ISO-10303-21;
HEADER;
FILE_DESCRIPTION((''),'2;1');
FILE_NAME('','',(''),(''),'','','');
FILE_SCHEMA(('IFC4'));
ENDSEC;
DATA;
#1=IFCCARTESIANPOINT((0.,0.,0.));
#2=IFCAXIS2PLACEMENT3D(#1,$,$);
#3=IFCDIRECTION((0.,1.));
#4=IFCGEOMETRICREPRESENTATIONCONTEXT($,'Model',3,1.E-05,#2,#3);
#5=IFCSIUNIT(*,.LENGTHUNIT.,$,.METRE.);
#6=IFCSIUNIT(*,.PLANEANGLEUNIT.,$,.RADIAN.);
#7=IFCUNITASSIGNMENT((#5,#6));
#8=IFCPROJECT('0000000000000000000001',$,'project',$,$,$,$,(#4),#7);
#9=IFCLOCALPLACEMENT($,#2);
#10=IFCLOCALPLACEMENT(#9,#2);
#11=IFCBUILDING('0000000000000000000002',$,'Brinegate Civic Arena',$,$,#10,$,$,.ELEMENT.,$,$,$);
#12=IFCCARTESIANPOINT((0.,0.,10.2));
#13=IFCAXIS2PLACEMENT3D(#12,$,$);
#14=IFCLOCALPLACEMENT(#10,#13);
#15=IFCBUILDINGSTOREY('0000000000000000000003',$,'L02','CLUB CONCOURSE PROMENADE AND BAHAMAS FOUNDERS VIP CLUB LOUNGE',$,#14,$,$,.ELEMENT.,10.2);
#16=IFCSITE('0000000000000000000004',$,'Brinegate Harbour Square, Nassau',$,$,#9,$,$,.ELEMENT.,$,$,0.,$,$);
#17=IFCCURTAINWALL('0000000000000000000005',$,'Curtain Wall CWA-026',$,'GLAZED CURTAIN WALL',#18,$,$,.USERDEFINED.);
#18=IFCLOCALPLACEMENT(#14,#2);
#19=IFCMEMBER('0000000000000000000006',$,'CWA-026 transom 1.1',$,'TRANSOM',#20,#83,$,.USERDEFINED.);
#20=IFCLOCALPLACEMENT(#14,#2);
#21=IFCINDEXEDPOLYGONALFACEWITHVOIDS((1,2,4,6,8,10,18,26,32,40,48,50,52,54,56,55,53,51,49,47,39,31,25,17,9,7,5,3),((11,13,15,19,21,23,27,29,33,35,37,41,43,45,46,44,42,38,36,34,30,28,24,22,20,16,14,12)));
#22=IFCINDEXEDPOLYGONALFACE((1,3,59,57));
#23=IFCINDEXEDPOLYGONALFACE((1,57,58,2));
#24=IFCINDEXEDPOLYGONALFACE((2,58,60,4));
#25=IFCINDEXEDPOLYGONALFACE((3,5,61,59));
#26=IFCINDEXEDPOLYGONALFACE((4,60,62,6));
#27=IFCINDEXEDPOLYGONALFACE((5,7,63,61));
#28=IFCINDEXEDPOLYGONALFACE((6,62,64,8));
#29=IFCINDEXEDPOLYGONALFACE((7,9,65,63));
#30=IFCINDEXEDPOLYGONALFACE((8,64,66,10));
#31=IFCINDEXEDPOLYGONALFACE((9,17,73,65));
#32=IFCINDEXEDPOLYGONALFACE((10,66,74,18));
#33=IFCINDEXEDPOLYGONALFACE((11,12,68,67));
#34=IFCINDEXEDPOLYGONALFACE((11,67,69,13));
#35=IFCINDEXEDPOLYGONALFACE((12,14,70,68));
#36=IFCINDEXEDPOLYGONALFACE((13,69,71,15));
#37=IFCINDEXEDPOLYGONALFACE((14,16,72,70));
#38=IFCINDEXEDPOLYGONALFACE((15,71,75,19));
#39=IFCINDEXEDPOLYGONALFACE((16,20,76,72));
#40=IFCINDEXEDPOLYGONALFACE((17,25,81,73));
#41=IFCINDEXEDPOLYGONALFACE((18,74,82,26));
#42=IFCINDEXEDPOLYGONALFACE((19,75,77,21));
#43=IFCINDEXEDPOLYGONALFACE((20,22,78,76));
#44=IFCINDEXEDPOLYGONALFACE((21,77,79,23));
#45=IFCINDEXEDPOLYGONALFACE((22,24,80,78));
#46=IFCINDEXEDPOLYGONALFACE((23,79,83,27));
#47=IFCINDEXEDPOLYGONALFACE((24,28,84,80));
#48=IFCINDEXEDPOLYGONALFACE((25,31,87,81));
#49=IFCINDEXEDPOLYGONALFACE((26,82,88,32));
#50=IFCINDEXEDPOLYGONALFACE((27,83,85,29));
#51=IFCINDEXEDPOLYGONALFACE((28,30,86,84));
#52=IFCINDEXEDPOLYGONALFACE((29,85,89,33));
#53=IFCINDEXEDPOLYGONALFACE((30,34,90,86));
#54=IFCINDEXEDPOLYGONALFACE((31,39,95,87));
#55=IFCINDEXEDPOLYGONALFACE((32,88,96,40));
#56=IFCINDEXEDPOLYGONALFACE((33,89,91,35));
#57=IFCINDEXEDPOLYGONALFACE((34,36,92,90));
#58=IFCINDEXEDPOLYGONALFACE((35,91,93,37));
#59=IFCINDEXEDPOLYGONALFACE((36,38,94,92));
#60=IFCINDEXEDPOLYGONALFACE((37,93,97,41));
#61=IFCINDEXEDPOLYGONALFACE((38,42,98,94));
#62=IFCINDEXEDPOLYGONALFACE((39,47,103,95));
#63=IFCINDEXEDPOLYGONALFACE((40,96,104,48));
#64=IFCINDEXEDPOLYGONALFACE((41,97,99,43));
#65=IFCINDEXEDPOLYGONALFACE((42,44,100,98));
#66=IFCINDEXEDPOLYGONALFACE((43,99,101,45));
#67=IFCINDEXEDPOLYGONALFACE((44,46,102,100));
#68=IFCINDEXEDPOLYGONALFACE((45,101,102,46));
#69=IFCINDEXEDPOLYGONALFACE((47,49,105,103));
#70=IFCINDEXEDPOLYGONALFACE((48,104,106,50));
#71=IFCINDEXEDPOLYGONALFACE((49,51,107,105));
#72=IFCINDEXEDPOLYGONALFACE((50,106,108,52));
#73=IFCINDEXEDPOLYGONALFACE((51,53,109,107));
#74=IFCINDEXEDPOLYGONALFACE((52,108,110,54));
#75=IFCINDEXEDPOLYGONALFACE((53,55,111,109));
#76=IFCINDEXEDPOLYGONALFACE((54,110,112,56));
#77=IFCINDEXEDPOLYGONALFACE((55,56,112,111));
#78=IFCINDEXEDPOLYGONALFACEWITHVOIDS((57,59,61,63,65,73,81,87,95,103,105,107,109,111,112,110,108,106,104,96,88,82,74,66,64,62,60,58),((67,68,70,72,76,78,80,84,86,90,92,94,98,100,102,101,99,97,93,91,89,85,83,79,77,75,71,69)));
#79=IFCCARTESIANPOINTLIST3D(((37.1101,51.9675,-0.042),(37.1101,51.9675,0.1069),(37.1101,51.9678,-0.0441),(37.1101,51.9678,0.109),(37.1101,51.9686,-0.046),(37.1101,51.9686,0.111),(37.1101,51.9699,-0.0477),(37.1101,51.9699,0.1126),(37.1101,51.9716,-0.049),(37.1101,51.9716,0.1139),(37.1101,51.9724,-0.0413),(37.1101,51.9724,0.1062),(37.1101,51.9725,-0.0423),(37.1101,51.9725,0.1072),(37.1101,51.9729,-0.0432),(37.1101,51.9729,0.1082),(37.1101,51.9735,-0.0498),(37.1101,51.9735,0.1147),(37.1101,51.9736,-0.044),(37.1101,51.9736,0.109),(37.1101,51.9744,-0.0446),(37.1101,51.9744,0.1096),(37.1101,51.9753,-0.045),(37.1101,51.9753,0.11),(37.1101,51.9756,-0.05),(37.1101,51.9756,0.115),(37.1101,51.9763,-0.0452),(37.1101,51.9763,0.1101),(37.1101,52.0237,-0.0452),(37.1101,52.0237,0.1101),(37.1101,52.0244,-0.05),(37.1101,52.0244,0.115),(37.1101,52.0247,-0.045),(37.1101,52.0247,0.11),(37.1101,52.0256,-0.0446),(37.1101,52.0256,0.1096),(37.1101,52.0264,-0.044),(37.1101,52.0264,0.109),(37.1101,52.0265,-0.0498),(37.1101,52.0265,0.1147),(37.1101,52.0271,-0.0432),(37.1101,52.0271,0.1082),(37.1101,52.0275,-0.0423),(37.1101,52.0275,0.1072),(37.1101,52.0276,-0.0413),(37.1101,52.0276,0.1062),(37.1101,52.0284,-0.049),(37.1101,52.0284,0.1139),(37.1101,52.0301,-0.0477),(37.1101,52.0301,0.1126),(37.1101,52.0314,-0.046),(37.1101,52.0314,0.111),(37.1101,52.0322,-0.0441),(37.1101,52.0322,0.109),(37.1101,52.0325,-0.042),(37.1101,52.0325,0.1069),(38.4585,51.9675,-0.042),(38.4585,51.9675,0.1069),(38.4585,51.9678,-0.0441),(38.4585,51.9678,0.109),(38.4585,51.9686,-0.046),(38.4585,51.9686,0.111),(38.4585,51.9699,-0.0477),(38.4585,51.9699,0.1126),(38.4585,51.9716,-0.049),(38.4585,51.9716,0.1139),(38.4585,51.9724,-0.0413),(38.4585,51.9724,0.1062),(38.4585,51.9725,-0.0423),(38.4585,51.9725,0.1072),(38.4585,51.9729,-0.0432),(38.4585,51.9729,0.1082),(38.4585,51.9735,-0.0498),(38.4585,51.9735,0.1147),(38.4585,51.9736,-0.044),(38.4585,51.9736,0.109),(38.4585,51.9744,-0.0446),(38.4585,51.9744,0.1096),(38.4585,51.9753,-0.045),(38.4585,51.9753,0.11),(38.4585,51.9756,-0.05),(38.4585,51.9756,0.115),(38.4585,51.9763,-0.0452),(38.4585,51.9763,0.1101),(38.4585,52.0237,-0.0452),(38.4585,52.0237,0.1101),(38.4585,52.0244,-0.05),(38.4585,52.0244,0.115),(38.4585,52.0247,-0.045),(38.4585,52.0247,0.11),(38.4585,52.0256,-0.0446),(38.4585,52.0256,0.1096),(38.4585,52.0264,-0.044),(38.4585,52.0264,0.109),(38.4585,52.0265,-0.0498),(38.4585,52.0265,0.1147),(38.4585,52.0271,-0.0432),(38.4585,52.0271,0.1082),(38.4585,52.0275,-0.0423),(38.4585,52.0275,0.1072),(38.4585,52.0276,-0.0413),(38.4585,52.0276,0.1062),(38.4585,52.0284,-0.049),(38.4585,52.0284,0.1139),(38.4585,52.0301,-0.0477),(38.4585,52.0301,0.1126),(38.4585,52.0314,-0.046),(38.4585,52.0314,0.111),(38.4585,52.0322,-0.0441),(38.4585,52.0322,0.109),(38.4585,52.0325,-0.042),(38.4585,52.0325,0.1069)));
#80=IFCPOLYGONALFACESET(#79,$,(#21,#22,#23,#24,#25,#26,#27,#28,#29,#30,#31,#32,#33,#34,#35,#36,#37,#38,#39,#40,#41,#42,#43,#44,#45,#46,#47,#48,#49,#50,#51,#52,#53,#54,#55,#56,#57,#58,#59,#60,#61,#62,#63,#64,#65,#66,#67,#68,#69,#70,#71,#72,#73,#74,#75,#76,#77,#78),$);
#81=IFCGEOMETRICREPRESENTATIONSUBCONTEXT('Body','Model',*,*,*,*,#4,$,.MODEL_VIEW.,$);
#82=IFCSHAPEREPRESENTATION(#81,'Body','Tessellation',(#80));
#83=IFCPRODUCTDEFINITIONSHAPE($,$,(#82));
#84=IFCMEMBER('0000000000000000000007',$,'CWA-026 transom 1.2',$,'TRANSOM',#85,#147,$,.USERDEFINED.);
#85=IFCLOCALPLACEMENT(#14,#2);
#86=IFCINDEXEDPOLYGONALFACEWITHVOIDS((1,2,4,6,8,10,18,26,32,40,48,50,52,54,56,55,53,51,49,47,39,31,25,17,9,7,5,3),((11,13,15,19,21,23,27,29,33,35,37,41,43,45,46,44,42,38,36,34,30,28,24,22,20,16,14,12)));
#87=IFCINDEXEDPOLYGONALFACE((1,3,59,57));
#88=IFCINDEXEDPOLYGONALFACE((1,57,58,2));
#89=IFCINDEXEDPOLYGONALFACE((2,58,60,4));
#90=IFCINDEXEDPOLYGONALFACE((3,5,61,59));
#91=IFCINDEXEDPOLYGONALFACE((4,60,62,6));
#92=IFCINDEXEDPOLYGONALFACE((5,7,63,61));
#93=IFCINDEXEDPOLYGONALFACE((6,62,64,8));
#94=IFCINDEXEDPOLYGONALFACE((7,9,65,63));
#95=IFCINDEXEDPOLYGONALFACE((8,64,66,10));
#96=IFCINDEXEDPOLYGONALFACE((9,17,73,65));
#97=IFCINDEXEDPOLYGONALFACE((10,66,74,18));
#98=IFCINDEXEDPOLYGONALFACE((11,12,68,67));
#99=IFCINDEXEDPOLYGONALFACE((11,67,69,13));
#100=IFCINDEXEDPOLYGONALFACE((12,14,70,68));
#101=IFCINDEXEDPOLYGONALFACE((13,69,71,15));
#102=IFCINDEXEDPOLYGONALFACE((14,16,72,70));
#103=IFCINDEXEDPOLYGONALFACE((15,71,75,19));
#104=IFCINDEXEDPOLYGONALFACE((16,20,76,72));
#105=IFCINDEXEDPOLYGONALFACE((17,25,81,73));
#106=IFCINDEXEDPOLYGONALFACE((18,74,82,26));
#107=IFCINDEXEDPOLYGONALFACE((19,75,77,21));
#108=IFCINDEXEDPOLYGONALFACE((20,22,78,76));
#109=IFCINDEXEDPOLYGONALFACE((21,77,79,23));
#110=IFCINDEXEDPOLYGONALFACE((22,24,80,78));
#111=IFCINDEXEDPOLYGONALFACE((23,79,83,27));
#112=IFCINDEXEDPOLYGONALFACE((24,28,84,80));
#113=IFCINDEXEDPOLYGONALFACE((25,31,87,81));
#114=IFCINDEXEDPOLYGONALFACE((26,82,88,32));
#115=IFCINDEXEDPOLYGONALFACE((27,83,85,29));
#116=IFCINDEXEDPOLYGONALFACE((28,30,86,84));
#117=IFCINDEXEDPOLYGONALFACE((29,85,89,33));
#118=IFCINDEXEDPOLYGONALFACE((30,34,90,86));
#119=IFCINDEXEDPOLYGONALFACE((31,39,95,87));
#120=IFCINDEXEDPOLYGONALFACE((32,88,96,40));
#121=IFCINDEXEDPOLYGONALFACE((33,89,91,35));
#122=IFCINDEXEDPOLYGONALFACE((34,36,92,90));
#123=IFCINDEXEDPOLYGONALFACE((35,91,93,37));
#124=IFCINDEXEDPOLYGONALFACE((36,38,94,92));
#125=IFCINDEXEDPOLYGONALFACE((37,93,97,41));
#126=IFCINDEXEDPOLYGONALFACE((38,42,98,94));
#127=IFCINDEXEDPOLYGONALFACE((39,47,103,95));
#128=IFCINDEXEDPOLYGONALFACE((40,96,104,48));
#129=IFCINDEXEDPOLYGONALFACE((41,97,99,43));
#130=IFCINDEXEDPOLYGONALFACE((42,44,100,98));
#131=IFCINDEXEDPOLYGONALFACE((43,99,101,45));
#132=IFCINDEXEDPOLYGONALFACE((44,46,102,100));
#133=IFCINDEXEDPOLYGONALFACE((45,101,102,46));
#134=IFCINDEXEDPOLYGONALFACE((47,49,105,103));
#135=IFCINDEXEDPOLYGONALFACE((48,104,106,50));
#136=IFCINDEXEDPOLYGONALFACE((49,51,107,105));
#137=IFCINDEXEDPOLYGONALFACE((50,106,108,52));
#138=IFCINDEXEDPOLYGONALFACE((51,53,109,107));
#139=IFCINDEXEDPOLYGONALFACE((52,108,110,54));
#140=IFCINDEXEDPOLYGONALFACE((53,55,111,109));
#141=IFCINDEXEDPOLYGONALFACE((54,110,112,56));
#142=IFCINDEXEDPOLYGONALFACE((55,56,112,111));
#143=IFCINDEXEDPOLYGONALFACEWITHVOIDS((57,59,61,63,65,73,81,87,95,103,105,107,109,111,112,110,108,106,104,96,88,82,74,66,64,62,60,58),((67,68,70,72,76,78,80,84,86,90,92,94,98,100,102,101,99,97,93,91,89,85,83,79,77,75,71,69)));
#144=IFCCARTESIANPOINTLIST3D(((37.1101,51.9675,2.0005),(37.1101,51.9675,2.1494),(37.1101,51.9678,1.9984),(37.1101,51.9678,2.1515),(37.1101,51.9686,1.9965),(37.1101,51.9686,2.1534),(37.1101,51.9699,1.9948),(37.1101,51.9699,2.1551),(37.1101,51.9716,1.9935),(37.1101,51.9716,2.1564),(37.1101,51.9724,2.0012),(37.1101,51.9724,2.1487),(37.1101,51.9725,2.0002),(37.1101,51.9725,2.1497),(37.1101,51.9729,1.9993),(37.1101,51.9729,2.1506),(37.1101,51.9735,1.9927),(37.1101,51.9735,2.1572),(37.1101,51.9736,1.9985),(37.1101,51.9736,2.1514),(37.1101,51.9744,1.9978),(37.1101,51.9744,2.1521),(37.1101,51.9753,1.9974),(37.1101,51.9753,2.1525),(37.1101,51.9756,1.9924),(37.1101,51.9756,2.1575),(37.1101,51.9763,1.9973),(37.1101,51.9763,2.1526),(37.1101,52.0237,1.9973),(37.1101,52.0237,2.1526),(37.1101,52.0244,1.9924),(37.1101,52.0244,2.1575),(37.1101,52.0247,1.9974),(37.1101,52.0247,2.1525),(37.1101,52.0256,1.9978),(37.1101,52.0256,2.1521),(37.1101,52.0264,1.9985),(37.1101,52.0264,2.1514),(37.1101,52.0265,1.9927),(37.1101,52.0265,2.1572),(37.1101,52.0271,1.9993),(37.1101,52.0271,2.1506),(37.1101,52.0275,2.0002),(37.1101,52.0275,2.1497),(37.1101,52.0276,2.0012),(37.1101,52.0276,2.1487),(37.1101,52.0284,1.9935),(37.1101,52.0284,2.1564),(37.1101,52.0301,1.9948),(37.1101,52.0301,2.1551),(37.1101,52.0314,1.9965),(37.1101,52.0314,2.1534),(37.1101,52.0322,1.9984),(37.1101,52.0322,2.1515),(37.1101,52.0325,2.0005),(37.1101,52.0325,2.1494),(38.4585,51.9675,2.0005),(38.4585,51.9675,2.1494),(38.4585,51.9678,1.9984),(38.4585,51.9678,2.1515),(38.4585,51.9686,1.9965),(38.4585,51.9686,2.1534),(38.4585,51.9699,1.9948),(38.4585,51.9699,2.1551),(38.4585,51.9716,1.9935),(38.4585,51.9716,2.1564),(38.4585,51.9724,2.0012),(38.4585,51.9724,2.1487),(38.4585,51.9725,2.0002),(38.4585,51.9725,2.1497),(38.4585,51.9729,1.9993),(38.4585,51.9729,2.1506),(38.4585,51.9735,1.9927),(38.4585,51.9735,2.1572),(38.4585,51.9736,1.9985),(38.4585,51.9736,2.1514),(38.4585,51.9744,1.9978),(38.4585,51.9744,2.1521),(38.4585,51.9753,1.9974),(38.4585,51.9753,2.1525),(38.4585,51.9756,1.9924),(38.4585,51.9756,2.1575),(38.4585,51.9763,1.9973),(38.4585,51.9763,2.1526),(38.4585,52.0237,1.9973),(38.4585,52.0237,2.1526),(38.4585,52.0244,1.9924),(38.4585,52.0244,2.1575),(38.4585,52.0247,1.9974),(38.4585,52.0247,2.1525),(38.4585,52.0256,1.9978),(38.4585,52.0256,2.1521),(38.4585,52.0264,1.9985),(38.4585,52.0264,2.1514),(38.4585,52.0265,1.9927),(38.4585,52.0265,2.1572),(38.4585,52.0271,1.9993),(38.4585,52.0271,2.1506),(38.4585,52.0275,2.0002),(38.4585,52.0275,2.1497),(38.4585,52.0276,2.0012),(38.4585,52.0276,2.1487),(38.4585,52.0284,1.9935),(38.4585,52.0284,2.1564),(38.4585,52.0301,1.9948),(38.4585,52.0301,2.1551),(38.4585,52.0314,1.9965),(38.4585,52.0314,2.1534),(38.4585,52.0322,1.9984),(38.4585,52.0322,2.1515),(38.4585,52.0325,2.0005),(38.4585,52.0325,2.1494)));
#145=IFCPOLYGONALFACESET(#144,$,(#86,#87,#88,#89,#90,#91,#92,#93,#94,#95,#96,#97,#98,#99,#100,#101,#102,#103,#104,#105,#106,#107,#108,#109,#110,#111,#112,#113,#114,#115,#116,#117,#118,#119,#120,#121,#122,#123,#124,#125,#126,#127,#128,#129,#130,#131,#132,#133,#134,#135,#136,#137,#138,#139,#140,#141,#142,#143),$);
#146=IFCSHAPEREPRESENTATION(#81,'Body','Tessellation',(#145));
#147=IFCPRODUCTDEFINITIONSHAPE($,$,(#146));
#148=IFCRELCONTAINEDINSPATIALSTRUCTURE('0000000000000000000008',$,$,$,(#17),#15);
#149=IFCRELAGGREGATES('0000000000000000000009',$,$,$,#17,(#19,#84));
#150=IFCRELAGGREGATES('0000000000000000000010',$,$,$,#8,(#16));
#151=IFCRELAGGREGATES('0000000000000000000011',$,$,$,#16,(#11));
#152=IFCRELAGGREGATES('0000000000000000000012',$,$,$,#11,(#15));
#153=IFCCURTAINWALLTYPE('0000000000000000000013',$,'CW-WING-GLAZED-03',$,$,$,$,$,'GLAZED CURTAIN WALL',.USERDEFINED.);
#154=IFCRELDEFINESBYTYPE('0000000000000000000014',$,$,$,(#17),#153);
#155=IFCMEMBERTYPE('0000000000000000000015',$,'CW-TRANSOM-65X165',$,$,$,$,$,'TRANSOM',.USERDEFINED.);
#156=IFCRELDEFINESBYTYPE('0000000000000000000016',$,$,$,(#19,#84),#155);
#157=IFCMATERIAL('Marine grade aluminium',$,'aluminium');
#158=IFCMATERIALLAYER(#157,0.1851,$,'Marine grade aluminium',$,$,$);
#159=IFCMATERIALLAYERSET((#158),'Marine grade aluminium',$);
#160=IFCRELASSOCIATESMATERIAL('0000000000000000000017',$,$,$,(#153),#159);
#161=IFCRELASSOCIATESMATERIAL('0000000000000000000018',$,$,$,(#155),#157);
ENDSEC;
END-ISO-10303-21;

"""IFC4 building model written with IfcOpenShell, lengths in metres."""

from ifc_helpers import new_model, si_unit, direction, frame, origin, origin_2d, place, context, subcontext, project, spatial, hollow_rectangle, extrude, material, layer, layer_set, material_profile, profile_set, type_object, element, aggregate, save


model = new_model("IFC4")

# Units and contexts
model_context = context("Model", 3, precision=1e-05, world=origin(), true_north=direction((0.0, 1.0)))
body_context = subcontext(model_context, "Body", "Model", "MODEL_VIEW")
ifc_project = project(units=[si_unit("LENGTHUNIT", "METRE"), si_unit("PLANEANGLEUNIT", "RADIAN")], contexts=[model_context])

# Site, building, storey
site_placement = place(None, origin())
site = spatial("IfcSite", under=ifc_project, at=site_placement, Name="Brinegate Harbour Square, Nassau", CompositionType="ELEMENT", RefElevation=0.0)
building_placement = place(site_placement, origin())
building = spatial("IfcBuilding", under=site, at=building_placement, Name="Brinegate Civic Arena", CompositionType="ELEMENT")
storey_placement = place(building_placement, frame((0.0, 0.0, 10.2)))
storey = spatial("IfcBuildingStorey", under=building, at=storey_placement, Name="L02", Description="CLUB CONCOURSE PROMENADE AND BAHAMAS FOUNDERS VIP CLUB LOUNGE", CompositionType="ELEMENT", Elevation=10.2)

# Curtain wall
ifc_material_1 = material(Name="Marine grade aluminium", Category="aluminium")
ifc_layer_1 = layer(ifc_material_1, 0.1851, Name="Marine grade aluminium")
ifc_layer_set_1 = layer_set([ifc_layer_1], Name="Marine grade aluminium")
curtain_wall_type = type_object("IfcCurtainWallType", Name="CW-WING-GLAZED-03", ElementType="GLAZED CURTAIN WALL", PredefinedType="USERDEFINED", material=ifc_layer_set_1)
curtain_wall_1_placement = place(storey_placement, origin())
curtain_wall_1 = element("IfcCurtainWall", 1, at=curtain_wall_1_placement, inside=storey, type_object=curtain_wall_type, Name="Curtain Wall CWA-026", ObjectType="GLAZED CURTAIN WALL", PredefinedType="USERDEFINED")

# Members
ifc_material_profile_1 = material_profile(ifc_material_1, hollow_rectangle(XDim=0.0649, YDim=0.165, WallThickness=0.0049, InnerFilletRadius=0.0039, OuterFilletRadius=0.0081, at=origin_2d()), Name="TRN65X165")
ifc_profile_set_1 = profile_set([ifc_material_profile_1], Name="Marine grade aluminium")
member_type_1 = type_object("IfcMemberType", Name="CW-TRANSOM-65X165", ElementType="TRANSOM", PredefinedType="USERDEFINED", material=ifc_profile_set_1)
member_1_placement = place(storey_placement, frame((37.1101, 52.0, 0.0325), z_axis=(1.0, 0.0, 0.0), x_axis=(0.0, 1.0, 0.0)))
member_1 = element("IfcMember", 2, at=member_1_placement, type_object=member_type_1, Name="CWA-026 transom 1.1", ObjectType="TRANSOM", PredefinedType="USERDEFINED", context=body_context, shape_type="SweptSolid", body=[
    extrude(hollow_rectangle(XDim=0.0649, YDim=0.165, WallThickness=0.0049, InnerFilletRadius=0.0039, OuterFilletRadius=0.0081, at=origin_2d()), origin(), (0.0, 0.0, 1.0), 1.3484),
])
member_2_placement = place(storey_placement, frame((37.1101, 52.0, 2.075), z_axis=(1.0, 0.0, 0.0), x_axis=(0.0, 1.0, 0.0)))
member_2 = element("IfcMember", 3, at=member_2_placement, type_object=member_type_1, Name="CWA-026 transom 1.2", ObjectType="TRANSOM", PredefinedType="USERDEFINED", context=body_context, shape_type="SweptSolid", body=[
    extrude(hollow_rectangle(XDim=0.0649, YDim=0.165, WallThickness=0.0049, InnerFilletRadius=0.0039, OuterFilletRadius=0.0081, at=origin_2d()), origin(), (0.0, 0.0, 1.0), 1.3484),
])

aggregate(curtain_wall_1, [member_1, member_2])

save(model, "model.ifc")
